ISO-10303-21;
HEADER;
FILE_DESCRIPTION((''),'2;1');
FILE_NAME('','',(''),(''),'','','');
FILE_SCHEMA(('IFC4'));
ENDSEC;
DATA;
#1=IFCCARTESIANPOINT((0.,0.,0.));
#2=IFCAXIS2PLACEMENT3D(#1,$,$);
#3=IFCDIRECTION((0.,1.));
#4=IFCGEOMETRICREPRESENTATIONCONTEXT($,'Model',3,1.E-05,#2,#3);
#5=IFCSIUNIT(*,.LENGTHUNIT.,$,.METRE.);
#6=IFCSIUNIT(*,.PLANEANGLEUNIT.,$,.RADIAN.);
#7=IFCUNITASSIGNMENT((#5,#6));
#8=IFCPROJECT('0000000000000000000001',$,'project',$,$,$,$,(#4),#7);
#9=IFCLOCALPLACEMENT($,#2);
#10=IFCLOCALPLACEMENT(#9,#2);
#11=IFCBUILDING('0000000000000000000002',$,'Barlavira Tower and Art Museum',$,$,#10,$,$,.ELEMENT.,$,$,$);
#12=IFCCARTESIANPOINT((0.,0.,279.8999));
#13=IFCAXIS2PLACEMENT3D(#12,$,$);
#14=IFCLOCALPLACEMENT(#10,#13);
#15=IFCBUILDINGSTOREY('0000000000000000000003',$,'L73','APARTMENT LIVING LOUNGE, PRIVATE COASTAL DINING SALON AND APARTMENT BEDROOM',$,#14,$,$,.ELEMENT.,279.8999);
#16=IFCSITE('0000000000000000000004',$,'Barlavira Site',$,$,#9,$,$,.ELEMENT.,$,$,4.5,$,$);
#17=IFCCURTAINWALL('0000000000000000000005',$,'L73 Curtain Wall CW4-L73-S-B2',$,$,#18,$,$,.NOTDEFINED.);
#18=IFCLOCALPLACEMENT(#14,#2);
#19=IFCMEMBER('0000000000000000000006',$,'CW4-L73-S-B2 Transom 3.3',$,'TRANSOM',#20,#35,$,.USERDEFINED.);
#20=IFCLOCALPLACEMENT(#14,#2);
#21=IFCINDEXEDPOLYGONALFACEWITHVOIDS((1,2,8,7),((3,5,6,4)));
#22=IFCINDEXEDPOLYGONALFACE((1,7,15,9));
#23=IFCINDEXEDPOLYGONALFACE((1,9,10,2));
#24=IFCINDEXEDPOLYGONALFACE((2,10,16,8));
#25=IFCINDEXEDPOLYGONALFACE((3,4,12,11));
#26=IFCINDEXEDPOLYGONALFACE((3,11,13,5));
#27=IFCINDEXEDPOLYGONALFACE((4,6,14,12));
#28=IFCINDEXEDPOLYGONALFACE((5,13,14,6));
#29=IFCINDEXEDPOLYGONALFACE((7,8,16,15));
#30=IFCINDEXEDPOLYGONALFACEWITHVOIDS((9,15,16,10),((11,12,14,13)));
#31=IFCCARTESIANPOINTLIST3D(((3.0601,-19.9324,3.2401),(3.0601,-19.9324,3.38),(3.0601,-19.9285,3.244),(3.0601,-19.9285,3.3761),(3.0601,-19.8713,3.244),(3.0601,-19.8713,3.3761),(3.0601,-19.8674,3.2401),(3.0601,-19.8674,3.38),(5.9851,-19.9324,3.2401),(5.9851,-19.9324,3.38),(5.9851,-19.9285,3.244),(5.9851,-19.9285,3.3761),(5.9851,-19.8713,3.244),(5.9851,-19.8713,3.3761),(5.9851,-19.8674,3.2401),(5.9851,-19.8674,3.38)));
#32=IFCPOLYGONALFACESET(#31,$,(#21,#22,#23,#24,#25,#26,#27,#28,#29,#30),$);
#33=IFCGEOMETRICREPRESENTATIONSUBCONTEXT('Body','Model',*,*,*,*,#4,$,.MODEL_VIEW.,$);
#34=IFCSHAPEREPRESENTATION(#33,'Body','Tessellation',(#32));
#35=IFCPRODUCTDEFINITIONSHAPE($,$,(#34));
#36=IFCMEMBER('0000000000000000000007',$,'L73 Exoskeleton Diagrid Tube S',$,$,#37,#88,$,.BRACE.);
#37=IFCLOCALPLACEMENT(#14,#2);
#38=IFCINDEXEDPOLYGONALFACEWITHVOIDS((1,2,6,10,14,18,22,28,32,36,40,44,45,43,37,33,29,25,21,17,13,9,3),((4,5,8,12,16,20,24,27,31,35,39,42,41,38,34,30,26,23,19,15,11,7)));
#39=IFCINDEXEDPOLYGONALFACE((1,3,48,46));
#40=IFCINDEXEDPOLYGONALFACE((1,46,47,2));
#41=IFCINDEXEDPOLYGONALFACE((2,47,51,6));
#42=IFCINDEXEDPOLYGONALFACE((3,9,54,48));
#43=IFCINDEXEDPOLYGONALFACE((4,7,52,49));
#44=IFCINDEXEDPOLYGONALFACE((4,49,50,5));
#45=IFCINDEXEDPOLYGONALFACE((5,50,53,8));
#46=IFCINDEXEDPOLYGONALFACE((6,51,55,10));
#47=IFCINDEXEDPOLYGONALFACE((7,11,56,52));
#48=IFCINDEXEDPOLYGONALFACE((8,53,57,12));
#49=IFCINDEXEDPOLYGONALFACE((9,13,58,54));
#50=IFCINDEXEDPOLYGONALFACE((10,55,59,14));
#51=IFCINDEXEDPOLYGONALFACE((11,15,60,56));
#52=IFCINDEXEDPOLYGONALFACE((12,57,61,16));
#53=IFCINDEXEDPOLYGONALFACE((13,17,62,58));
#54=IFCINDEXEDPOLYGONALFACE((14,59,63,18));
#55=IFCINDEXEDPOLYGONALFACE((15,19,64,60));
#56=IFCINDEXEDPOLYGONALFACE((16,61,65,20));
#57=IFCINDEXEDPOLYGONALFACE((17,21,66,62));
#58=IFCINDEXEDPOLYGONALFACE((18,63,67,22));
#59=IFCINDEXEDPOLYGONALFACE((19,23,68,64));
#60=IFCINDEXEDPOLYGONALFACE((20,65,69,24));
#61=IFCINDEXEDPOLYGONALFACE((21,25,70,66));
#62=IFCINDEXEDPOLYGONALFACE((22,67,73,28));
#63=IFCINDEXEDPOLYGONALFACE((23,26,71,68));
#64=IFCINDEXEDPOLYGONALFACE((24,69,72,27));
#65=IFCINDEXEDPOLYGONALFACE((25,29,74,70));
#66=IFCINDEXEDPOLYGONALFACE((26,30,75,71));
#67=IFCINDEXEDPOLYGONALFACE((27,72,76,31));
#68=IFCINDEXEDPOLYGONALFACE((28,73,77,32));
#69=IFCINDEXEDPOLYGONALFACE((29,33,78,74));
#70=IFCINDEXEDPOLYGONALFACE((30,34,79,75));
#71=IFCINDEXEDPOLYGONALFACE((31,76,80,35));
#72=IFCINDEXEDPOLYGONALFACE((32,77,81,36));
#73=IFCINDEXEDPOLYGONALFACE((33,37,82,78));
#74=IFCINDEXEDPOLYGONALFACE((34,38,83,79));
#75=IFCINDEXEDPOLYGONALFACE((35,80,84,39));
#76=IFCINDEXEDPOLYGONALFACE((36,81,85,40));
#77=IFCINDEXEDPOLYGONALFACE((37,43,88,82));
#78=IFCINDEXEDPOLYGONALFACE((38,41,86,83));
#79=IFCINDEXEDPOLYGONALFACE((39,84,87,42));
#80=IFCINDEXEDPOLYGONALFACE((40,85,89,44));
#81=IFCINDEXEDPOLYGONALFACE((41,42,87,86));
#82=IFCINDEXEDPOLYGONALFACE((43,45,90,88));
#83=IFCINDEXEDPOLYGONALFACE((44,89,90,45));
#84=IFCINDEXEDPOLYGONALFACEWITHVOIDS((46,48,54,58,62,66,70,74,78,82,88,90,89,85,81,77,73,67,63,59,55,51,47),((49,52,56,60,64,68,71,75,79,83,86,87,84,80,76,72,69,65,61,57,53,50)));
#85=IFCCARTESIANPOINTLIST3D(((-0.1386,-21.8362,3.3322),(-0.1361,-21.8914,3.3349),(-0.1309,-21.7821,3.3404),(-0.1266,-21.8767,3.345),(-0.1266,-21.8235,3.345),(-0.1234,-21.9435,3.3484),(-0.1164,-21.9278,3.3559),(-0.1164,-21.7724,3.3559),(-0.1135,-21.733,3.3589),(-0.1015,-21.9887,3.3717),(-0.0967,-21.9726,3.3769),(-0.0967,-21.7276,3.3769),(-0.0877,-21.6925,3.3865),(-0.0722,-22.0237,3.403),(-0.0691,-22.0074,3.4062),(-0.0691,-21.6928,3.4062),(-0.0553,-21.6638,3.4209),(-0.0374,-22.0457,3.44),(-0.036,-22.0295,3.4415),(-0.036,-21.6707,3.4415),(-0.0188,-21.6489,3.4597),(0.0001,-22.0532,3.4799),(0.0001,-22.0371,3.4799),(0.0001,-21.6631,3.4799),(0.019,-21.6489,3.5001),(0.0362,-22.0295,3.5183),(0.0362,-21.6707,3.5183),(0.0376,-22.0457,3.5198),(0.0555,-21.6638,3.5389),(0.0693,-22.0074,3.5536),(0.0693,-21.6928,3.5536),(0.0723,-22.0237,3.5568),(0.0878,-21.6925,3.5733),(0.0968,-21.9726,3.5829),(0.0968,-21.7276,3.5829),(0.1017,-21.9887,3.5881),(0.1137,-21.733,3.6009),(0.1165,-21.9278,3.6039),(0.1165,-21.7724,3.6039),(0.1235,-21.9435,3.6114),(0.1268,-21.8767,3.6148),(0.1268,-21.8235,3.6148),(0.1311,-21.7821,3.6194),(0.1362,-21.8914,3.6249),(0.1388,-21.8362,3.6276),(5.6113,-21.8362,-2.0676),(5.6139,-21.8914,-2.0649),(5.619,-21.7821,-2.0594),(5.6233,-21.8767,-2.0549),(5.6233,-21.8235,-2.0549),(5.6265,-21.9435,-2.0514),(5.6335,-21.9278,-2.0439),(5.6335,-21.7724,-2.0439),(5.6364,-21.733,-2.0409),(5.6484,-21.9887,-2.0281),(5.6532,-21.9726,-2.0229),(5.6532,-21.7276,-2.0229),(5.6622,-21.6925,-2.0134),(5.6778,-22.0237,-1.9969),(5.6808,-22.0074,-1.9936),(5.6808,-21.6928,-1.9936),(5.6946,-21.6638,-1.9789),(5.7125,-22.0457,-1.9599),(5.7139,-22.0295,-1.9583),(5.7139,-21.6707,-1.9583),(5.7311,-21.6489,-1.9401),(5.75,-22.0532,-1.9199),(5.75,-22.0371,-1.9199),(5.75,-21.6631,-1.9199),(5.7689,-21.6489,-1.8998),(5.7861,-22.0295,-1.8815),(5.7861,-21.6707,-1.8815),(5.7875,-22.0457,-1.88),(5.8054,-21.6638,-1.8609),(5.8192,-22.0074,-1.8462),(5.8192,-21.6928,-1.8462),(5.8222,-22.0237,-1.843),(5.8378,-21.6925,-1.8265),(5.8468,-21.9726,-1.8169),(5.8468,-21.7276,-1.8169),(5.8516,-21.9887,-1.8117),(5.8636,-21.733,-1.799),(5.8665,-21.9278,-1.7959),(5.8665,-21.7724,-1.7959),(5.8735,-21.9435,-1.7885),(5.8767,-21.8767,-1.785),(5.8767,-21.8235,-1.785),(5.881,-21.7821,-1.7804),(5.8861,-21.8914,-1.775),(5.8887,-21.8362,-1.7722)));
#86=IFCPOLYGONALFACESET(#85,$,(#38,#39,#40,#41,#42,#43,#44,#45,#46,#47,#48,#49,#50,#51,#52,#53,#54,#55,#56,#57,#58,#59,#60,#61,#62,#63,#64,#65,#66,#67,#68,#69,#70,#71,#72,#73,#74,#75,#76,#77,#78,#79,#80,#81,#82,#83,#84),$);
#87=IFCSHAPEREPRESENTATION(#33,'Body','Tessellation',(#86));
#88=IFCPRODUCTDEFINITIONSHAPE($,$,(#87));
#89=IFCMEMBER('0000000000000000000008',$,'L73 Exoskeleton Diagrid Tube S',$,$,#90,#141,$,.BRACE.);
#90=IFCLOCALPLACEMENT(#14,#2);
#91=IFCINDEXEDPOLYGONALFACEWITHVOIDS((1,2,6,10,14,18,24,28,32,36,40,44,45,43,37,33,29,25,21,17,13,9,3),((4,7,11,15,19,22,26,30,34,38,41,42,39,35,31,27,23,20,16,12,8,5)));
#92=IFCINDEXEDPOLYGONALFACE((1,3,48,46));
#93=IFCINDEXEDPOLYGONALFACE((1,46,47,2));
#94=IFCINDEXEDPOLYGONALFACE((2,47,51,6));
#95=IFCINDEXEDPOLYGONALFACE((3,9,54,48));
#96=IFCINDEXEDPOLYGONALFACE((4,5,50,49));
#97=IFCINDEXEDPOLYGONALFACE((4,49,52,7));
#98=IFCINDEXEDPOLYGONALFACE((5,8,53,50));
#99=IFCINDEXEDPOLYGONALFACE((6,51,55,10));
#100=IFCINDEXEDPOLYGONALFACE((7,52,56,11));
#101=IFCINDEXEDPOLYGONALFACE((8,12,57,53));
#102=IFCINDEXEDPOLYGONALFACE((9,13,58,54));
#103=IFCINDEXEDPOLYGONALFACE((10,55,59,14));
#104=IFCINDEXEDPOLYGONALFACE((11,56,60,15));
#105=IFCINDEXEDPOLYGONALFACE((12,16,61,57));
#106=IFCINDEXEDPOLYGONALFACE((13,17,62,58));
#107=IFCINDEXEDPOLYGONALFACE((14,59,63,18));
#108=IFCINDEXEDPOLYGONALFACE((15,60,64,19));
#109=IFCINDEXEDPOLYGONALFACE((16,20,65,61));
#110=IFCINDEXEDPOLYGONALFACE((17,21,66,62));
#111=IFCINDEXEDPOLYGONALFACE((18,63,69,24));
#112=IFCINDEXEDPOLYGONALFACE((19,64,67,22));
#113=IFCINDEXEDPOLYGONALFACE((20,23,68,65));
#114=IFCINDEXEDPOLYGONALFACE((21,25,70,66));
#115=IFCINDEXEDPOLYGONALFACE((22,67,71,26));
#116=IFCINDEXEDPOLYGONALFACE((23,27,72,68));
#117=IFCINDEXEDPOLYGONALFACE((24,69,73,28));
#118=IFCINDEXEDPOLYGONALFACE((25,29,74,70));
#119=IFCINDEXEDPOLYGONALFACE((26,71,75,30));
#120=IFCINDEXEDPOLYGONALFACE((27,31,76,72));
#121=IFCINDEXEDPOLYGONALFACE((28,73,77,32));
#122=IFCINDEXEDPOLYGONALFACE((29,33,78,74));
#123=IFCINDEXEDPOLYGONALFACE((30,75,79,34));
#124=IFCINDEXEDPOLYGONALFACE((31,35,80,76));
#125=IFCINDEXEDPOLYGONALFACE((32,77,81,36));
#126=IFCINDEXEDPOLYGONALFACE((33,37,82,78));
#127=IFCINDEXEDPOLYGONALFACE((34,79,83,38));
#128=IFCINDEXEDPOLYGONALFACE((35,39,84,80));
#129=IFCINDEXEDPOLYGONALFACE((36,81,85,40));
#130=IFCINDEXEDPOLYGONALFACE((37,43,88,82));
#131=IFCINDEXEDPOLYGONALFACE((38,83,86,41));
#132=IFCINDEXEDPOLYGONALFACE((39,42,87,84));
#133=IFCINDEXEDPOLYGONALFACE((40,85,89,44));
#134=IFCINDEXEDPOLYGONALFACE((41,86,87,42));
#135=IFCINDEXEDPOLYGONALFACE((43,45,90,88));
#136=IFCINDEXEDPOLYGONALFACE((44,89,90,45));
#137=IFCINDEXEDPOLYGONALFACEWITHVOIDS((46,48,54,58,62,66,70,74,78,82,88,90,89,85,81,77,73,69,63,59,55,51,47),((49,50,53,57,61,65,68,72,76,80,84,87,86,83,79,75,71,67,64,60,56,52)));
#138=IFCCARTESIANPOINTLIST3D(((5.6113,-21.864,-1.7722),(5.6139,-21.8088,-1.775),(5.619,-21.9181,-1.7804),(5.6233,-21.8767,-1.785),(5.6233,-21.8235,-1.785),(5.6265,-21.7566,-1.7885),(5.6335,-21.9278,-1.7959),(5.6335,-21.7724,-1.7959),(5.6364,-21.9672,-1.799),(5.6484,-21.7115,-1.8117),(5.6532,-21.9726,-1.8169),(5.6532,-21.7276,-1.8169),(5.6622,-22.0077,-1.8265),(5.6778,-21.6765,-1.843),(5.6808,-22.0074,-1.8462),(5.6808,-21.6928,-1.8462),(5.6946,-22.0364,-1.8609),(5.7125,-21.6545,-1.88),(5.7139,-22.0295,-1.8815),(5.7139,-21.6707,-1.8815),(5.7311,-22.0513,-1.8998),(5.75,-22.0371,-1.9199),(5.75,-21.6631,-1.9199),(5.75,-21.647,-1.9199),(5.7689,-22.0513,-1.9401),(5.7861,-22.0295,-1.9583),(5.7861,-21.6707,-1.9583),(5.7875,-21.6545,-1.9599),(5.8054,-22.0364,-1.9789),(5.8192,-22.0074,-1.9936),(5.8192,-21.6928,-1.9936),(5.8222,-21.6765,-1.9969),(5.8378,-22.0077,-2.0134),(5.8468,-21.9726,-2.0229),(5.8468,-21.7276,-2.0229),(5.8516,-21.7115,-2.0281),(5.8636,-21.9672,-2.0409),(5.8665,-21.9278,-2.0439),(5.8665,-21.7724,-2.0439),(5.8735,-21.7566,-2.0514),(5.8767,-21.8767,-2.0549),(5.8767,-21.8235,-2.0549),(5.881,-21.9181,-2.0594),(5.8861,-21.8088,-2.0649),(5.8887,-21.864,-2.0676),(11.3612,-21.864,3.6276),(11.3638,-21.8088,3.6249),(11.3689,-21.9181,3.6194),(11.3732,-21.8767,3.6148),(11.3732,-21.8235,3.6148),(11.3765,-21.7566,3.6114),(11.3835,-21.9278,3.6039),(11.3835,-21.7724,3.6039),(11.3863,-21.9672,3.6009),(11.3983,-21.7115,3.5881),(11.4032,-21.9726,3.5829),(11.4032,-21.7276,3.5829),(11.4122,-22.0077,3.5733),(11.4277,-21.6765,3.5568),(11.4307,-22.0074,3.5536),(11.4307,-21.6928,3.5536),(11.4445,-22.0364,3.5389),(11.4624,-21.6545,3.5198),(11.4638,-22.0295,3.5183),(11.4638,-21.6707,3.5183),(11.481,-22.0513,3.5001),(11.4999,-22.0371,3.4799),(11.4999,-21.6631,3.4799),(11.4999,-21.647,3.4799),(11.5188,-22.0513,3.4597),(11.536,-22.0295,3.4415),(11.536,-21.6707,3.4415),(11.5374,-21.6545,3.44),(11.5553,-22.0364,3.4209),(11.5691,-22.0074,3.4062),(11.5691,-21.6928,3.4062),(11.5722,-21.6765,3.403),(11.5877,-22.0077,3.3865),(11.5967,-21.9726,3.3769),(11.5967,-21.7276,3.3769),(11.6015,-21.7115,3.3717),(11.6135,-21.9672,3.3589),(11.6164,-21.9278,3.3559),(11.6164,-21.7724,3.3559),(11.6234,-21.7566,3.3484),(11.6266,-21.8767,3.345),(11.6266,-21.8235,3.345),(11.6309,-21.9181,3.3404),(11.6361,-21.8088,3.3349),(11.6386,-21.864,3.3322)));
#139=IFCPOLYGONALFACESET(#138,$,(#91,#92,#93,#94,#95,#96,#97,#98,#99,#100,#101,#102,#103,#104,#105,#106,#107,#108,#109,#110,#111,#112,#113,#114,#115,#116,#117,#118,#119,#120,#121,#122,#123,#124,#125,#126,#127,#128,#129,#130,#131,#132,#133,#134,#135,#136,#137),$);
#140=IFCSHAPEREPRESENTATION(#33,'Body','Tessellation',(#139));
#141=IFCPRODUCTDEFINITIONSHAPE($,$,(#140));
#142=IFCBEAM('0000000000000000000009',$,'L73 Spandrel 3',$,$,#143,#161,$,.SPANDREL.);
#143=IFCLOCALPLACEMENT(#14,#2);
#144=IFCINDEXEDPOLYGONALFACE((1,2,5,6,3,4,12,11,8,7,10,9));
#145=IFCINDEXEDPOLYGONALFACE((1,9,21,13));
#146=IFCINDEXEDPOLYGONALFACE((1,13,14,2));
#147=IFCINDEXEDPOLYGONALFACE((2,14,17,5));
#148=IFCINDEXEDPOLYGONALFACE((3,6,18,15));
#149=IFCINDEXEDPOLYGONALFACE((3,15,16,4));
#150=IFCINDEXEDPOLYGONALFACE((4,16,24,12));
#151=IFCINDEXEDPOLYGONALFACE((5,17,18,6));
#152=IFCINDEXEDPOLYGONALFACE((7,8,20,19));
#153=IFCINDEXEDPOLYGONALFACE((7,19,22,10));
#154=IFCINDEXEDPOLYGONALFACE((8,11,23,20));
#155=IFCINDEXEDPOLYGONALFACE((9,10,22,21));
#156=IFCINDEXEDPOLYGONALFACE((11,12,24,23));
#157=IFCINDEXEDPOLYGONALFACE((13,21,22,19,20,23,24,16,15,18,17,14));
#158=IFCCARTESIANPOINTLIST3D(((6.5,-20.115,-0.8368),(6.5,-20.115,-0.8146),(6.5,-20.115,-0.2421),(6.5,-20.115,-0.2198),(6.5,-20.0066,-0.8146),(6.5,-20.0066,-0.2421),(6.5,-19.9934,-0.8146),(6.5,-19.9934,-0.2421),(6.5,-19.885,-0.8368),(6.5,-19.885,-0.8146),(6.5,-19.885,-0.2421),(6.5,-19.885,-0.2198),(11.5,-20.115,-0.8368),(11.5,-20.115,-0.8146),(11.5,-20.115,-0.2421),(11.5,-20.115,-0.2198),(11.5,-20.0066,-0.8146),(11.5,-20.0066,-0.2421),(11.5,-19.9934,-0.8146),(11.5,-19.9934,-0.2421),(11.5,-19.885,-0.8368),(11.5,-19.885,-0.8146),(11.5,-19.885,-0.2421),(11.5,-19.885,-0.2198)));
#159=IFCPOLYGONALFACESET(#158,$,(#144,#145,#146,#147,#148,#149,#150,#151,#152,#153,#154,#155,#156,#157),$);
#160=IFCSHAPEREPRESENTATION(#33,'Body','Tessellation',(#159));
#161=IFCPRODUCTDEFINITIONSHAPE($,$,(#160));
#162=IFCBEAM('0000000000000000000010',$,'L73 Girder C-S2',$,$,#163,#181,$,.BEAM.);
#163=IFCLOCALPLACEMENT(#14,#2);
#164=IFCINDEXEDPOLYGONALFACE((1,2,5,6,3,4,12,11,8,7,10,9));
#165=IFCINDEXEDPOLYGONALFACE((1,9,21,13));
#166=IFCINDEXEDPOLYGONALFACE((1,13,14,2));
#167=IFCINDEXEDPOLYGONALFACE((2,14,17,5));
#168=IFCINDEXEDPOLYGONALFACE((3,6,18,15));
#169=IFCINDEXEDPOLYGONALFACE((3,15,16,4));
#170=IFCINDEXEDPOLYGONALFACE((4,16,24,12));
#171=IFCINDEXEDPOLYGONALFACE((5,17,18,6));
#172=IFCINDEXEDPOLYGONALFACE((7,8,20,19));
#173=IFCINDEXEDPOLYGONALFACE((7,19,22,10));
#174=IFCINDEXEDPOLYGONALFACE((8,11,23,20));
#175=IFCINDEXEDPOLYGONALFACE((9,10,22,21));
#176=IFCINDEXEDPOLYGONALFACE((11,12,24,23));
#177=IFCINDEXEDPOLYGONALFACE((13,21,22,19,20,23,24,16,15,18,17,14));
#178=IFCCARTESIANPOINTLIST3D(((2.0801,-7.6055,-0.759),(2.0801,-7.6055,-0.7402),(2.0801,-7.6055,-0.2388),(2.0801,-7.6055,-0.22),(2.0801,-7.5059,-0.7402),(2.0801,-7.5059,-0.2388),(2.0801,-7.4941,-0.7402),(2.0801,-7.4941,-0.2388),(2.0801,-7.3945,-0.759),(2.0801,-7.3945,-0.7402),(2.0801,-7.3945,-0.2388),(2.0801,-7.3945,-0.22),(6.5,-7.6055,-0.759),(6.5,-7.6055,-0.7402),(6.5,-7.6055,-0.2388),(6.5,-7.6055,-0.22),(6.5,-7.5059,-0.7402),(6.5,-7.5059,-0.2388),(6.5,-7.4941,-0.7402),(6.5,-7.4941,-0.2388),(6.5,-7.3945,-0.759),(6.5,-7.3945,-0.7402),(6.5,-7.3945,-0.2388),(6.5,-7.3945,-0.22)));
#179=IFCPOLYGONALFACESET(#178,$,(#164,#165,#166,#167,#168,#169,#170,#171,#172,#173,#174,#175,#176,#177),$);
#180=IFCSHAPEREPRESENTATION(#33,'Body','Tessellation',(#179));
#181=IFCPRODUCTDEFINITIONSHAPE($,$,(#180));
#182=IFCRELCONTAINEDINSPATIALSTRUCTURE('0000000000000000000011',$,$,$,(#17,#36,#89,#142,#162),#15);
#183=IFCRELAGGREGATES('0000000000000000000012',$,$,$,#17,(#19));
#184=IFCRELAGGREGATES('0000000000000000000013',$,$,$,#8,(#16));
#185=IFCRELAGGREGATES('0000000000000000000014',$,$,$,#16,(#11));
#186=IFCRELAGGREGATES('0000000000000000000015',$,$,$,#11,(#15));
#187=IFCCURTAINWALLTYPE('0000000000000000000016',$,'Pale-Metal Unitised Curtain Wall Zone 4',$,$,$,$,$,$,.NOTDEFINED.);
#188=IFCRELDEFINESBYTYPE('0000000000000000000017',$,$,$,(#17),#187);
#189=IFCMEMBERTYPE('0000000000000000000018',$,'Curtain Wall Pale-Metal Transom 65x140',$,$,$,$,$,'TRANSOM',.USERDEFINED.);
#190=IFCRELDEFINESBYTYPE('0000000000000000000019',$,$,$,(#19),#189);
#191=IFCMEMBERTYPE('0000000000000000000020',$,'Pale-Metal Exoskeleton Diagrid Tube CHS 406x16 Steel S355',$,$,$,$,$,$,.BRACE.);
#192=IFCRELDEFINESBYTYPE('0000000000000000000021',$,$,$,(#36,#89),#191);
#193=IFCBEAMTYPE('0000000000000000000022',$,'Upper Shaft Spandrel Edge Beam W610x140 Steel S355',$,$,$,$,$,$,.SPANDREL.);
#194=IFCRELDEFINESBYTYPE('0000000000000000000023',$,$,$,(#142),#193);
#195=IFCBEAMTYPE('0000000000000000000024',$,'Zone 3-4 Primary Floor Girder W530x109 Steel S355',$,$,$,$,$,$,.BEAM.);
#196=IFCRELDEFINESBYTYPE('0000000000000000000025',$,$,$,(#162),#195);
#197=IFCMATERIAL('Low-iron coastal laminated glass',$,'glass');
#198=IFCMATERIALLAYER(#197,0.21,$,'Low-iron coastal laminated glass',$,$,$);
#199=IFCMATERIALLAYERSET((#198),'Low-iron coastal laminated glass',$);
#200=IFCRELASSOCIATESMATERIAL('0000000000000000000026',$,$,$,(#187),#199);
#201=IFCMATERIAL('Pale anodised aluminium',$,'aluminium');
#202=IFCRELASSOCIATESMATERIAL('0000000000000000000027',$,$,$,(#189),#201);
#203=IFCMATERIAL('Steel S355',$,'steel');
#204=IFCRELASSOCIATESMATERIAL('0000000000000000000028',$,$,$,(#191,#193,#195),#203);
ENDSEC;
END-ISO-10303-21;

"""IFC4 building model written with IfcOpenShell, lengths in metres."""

from ifc_helpers import new_model, si_unit, direction, frame, origin, origin_2d, place, context, subcontext, project, spatial, hollow_rectangle, hollow_circle, i_section, extrude, material, layer, layer_set, material_profile, profile_set, type_object, element, aggregate, save


model = new_model("IFC4")

# Units and contexts
model_context = context("Model", 3, precision=1e-05, world=origin(), true_north=direction((0.0, 1.0)))
body_context = subcontext(model_context, "Body", "Model", "MODEL_VIEW")
ifc_project = project(units=[si_unit("LENGTHUNIT", "METRE"), si_unit("PLANEANGLEUNIT", "RADIAN")], contexts=[model_context])

# Site, building, storey
site_placement = place(None, origin())
site = spatial("IfcSite", under=ifc_project, at=site_placement, Name="Barlavira Site", CompositionType="ELEMENT", RefElevation=4.5)
building_placement = place(site_placement, origin())
building = spatial("IfcBuilding", under=site, at=building_placement, Name="Barlavira Tower and Art Museum", CompositionType="ELEMENT")
storey_placement = place(building_placement, frame((0.0, 0.0, 279.8999)))
storey = spatial("IfcBuildingStorey", under=building, at=storey_placement, Name="L73", Description="APARTMENT LIVING LOUNGE, PRIVATE COASTAL DINING SALON AND APARTMENT BEDROOM", CompositionType="ELEMENT", Elevation=279.8999)

# Shared definitions
ifc_material_1 = material(Name="Steel S355", Category="steel")

# Curtain wall, member
ifc_material_2 = material(Name="Low-iron coastal laminated glass", Category="glass")
ifc_layer_1 = layer(ifc_material_2, 0.21, Name="Low-iron coastal laminated glass")
ifc_layer_set_1 = layer_set([ifc_layer_1], Name="Low-iron coastal laminated glass")
curtain_wall_type = type_object("IfcCurtainWallType", Name="Pale-Metal Unitised Curtain Wall Zone 4", PredefinedType="NOTDEFINED", material=ifc_layer_set_1)
curtain_wall_placement = place(storey_placement, origin())
curtain_wall = element("IfcCurtainWall", 1, at=curtain_wall_placement, inside=storey, type_object=curtain_wall_type, Name="L73 Curtain Wall CW4-L73-S-B2", PredefinedType="NOTDEFINED")
ifc_material_3 = material(Name="Pale anodised aluminium", Category="aluminium")
ifc_material_profile_1 = material_profile(ifc_material_3, hollow_rectangle(XDim=0.0649, YDim=0.1399, WallThickness=0.0039, at=origin_2d()), Name="ALU-TRAN 65x140x4")
ifc_profile_set_1 = profile_set([ifc_material_profile_1], Name="Pale anodised aluminium")
member_type_1 = type_object("IfcMemberType", Name="Curtain Wall Pale-Metal Transom 65x140", ElementType="TRANSOM", PredefinedType="USERDEFINED", material=ifc_profile_set_1)
member_1_placement = place(storey_placement, frame((3.0601, -19.8999, 3.3101), z_axis=(1.0, 0.0, 0.0), x_axis=(0.0, 1.0, 0.0)))
member_1 = element("IfcMember", 2, at=member_1_placement, type_object=member_type_1, Name="CW4-L73-S-B2 Transom 3.3", ObjectType="TRANSOM", PredefinedType="USERDEFINED", context=body_context, shape_type="SweptSolid", body=[
    extrude(hollow_rectangle(XDim=0.0649, YDim=0.1399, WallThickness=0.0039, at=origin_2d()), origin(), (0.0, 0.0, 1.0), 2.925),
])

# Members
ifc_material_profile_2 = material_profile(ifc_material_1, hollow_circle(Radius=0.2031, WallThickness=0.0161, at=origin_2d()), Name="CHS 406.4x16.0")
ifc_profile_set_2 = profile_set([ifc_material_profile_2], Name="Steel S355")
member_type_2 = type_object("IfcMemberType", Name="Pale-Metal Exoskeleton Diagrid Tube CHS 406x16 Steel S355", PredefinedType="BRACE", material=ifc_profile_set_2)
for number, where, z_axis, x_axis, name in (
    (3, (5.75, -21.8501, -1.9199), (-0.72895, 0.0, 0.684567), (0.0, -1.0, 0.0), "L73 Exoskeleton Diagrid Tube S"),
    (4, (5.75, -21.8501, -1.9199), (0.72895, 0.0, 0.684567), (0.0, 1.0, 0.0), "L73 Exoskeleton Diagrid Tube S"),
):
    element("IfcMember", number, at=place(storey_placement, frame(where, z_axis=z_axis, x_axis=x_axis)), inside=storey, type_object=member_type_2, Name=name, PredefinedType="BRACE", context=body_context, shape_type="SweptSolid", body=[
        extrude(hollow_circle(Radius=0.2031, WallThickness=0.0161, at=origin_2d()), origin(), (0.0, 0.0, 1.0), 7.8879),
    ])

# Beams
ifc_material_profile_3 = material_profile(ifc_material_1, i_section(OverallWidth=0.23, OverallDepth=0.6169, WebThickness=0.0132, FlangeThickness=0.0222, at=origin_2d()), Name="W610x140.0")
ifc_profile_set_3 = profile_set([ifc_material_profile_3], Name="Steel S355")
beam_type_1 = type_object("IfcBeamType", Name="Upper Shaft Spandrel Edge Beam W610x140 Steel S355", PredefinedType="SPANDREL", material=ifc_profile_set_3)
beam_1_placement = place(storey_placement, frame((6.5, -20.0, -0.5283), z_axis=(1.0, 0.0, 0.0), x_axis=(0.0, 1.0, 0.0)))
element("IfcBeam", 5, at=beam_1_placement, inside=storey, type_object=beam_type_1, Name="L73 Spandrel 3", PredefinedType="SPANDREL", context=body_context, shape_type="SweptSolid", body=[
    extrude(i_section(OverallWidth=0.23, OverallDepth=0.6169, WebThickness=0.0132, FlangeThickness=0.0222, at=origin_2d()), origin(), (0.0, 0.0, 1.0), 5.0),
])
ifc_material_profile_4 = material_profile(ifc_material_1, i_section(OverallWidth=0.2109, OverallDepth=0.5391, WebThickness=0.0117, FlangeThickness=0.0188, at=origin_2d()), Name="W530x109.0")
ifc_profile_set_4 = profile_set([ifc_material_profile_4], Name="Steel S355")
beam_type_2 = type_object("IfcBeamType", Name="Zone 3-4 Primary Floor Girder W530x109 Steel S355", PredefinedType="BEAM", material=ifc_profile_set_4)
beam_2_placement = place(storey_placement, frame((2.0801, -7.5, -0.4895), z_axis=(1.0, 0.0, 0.0), x_axis=(0.0, 1.0, 0.0)))
element("IfcBeam", 6, at=beam_2_placement, inside=storey, type_object=beam_type_2, Name="L73 Girder C-S2", PredefinedType="BEAM", context=body_context, shape_type="SweptSolid", body=[
    extrude(i_section(OverallWidth=0.2109, OverallDepth=0.5391, WebThickness=0.0117, FlangeThickness=0.0188, at=origin_2d()), origin(), (0.0, 0.0, 1.0), 4.4199),
])

aggregate(curtain_wall, [member_1])

save(model, "model.ifc")
